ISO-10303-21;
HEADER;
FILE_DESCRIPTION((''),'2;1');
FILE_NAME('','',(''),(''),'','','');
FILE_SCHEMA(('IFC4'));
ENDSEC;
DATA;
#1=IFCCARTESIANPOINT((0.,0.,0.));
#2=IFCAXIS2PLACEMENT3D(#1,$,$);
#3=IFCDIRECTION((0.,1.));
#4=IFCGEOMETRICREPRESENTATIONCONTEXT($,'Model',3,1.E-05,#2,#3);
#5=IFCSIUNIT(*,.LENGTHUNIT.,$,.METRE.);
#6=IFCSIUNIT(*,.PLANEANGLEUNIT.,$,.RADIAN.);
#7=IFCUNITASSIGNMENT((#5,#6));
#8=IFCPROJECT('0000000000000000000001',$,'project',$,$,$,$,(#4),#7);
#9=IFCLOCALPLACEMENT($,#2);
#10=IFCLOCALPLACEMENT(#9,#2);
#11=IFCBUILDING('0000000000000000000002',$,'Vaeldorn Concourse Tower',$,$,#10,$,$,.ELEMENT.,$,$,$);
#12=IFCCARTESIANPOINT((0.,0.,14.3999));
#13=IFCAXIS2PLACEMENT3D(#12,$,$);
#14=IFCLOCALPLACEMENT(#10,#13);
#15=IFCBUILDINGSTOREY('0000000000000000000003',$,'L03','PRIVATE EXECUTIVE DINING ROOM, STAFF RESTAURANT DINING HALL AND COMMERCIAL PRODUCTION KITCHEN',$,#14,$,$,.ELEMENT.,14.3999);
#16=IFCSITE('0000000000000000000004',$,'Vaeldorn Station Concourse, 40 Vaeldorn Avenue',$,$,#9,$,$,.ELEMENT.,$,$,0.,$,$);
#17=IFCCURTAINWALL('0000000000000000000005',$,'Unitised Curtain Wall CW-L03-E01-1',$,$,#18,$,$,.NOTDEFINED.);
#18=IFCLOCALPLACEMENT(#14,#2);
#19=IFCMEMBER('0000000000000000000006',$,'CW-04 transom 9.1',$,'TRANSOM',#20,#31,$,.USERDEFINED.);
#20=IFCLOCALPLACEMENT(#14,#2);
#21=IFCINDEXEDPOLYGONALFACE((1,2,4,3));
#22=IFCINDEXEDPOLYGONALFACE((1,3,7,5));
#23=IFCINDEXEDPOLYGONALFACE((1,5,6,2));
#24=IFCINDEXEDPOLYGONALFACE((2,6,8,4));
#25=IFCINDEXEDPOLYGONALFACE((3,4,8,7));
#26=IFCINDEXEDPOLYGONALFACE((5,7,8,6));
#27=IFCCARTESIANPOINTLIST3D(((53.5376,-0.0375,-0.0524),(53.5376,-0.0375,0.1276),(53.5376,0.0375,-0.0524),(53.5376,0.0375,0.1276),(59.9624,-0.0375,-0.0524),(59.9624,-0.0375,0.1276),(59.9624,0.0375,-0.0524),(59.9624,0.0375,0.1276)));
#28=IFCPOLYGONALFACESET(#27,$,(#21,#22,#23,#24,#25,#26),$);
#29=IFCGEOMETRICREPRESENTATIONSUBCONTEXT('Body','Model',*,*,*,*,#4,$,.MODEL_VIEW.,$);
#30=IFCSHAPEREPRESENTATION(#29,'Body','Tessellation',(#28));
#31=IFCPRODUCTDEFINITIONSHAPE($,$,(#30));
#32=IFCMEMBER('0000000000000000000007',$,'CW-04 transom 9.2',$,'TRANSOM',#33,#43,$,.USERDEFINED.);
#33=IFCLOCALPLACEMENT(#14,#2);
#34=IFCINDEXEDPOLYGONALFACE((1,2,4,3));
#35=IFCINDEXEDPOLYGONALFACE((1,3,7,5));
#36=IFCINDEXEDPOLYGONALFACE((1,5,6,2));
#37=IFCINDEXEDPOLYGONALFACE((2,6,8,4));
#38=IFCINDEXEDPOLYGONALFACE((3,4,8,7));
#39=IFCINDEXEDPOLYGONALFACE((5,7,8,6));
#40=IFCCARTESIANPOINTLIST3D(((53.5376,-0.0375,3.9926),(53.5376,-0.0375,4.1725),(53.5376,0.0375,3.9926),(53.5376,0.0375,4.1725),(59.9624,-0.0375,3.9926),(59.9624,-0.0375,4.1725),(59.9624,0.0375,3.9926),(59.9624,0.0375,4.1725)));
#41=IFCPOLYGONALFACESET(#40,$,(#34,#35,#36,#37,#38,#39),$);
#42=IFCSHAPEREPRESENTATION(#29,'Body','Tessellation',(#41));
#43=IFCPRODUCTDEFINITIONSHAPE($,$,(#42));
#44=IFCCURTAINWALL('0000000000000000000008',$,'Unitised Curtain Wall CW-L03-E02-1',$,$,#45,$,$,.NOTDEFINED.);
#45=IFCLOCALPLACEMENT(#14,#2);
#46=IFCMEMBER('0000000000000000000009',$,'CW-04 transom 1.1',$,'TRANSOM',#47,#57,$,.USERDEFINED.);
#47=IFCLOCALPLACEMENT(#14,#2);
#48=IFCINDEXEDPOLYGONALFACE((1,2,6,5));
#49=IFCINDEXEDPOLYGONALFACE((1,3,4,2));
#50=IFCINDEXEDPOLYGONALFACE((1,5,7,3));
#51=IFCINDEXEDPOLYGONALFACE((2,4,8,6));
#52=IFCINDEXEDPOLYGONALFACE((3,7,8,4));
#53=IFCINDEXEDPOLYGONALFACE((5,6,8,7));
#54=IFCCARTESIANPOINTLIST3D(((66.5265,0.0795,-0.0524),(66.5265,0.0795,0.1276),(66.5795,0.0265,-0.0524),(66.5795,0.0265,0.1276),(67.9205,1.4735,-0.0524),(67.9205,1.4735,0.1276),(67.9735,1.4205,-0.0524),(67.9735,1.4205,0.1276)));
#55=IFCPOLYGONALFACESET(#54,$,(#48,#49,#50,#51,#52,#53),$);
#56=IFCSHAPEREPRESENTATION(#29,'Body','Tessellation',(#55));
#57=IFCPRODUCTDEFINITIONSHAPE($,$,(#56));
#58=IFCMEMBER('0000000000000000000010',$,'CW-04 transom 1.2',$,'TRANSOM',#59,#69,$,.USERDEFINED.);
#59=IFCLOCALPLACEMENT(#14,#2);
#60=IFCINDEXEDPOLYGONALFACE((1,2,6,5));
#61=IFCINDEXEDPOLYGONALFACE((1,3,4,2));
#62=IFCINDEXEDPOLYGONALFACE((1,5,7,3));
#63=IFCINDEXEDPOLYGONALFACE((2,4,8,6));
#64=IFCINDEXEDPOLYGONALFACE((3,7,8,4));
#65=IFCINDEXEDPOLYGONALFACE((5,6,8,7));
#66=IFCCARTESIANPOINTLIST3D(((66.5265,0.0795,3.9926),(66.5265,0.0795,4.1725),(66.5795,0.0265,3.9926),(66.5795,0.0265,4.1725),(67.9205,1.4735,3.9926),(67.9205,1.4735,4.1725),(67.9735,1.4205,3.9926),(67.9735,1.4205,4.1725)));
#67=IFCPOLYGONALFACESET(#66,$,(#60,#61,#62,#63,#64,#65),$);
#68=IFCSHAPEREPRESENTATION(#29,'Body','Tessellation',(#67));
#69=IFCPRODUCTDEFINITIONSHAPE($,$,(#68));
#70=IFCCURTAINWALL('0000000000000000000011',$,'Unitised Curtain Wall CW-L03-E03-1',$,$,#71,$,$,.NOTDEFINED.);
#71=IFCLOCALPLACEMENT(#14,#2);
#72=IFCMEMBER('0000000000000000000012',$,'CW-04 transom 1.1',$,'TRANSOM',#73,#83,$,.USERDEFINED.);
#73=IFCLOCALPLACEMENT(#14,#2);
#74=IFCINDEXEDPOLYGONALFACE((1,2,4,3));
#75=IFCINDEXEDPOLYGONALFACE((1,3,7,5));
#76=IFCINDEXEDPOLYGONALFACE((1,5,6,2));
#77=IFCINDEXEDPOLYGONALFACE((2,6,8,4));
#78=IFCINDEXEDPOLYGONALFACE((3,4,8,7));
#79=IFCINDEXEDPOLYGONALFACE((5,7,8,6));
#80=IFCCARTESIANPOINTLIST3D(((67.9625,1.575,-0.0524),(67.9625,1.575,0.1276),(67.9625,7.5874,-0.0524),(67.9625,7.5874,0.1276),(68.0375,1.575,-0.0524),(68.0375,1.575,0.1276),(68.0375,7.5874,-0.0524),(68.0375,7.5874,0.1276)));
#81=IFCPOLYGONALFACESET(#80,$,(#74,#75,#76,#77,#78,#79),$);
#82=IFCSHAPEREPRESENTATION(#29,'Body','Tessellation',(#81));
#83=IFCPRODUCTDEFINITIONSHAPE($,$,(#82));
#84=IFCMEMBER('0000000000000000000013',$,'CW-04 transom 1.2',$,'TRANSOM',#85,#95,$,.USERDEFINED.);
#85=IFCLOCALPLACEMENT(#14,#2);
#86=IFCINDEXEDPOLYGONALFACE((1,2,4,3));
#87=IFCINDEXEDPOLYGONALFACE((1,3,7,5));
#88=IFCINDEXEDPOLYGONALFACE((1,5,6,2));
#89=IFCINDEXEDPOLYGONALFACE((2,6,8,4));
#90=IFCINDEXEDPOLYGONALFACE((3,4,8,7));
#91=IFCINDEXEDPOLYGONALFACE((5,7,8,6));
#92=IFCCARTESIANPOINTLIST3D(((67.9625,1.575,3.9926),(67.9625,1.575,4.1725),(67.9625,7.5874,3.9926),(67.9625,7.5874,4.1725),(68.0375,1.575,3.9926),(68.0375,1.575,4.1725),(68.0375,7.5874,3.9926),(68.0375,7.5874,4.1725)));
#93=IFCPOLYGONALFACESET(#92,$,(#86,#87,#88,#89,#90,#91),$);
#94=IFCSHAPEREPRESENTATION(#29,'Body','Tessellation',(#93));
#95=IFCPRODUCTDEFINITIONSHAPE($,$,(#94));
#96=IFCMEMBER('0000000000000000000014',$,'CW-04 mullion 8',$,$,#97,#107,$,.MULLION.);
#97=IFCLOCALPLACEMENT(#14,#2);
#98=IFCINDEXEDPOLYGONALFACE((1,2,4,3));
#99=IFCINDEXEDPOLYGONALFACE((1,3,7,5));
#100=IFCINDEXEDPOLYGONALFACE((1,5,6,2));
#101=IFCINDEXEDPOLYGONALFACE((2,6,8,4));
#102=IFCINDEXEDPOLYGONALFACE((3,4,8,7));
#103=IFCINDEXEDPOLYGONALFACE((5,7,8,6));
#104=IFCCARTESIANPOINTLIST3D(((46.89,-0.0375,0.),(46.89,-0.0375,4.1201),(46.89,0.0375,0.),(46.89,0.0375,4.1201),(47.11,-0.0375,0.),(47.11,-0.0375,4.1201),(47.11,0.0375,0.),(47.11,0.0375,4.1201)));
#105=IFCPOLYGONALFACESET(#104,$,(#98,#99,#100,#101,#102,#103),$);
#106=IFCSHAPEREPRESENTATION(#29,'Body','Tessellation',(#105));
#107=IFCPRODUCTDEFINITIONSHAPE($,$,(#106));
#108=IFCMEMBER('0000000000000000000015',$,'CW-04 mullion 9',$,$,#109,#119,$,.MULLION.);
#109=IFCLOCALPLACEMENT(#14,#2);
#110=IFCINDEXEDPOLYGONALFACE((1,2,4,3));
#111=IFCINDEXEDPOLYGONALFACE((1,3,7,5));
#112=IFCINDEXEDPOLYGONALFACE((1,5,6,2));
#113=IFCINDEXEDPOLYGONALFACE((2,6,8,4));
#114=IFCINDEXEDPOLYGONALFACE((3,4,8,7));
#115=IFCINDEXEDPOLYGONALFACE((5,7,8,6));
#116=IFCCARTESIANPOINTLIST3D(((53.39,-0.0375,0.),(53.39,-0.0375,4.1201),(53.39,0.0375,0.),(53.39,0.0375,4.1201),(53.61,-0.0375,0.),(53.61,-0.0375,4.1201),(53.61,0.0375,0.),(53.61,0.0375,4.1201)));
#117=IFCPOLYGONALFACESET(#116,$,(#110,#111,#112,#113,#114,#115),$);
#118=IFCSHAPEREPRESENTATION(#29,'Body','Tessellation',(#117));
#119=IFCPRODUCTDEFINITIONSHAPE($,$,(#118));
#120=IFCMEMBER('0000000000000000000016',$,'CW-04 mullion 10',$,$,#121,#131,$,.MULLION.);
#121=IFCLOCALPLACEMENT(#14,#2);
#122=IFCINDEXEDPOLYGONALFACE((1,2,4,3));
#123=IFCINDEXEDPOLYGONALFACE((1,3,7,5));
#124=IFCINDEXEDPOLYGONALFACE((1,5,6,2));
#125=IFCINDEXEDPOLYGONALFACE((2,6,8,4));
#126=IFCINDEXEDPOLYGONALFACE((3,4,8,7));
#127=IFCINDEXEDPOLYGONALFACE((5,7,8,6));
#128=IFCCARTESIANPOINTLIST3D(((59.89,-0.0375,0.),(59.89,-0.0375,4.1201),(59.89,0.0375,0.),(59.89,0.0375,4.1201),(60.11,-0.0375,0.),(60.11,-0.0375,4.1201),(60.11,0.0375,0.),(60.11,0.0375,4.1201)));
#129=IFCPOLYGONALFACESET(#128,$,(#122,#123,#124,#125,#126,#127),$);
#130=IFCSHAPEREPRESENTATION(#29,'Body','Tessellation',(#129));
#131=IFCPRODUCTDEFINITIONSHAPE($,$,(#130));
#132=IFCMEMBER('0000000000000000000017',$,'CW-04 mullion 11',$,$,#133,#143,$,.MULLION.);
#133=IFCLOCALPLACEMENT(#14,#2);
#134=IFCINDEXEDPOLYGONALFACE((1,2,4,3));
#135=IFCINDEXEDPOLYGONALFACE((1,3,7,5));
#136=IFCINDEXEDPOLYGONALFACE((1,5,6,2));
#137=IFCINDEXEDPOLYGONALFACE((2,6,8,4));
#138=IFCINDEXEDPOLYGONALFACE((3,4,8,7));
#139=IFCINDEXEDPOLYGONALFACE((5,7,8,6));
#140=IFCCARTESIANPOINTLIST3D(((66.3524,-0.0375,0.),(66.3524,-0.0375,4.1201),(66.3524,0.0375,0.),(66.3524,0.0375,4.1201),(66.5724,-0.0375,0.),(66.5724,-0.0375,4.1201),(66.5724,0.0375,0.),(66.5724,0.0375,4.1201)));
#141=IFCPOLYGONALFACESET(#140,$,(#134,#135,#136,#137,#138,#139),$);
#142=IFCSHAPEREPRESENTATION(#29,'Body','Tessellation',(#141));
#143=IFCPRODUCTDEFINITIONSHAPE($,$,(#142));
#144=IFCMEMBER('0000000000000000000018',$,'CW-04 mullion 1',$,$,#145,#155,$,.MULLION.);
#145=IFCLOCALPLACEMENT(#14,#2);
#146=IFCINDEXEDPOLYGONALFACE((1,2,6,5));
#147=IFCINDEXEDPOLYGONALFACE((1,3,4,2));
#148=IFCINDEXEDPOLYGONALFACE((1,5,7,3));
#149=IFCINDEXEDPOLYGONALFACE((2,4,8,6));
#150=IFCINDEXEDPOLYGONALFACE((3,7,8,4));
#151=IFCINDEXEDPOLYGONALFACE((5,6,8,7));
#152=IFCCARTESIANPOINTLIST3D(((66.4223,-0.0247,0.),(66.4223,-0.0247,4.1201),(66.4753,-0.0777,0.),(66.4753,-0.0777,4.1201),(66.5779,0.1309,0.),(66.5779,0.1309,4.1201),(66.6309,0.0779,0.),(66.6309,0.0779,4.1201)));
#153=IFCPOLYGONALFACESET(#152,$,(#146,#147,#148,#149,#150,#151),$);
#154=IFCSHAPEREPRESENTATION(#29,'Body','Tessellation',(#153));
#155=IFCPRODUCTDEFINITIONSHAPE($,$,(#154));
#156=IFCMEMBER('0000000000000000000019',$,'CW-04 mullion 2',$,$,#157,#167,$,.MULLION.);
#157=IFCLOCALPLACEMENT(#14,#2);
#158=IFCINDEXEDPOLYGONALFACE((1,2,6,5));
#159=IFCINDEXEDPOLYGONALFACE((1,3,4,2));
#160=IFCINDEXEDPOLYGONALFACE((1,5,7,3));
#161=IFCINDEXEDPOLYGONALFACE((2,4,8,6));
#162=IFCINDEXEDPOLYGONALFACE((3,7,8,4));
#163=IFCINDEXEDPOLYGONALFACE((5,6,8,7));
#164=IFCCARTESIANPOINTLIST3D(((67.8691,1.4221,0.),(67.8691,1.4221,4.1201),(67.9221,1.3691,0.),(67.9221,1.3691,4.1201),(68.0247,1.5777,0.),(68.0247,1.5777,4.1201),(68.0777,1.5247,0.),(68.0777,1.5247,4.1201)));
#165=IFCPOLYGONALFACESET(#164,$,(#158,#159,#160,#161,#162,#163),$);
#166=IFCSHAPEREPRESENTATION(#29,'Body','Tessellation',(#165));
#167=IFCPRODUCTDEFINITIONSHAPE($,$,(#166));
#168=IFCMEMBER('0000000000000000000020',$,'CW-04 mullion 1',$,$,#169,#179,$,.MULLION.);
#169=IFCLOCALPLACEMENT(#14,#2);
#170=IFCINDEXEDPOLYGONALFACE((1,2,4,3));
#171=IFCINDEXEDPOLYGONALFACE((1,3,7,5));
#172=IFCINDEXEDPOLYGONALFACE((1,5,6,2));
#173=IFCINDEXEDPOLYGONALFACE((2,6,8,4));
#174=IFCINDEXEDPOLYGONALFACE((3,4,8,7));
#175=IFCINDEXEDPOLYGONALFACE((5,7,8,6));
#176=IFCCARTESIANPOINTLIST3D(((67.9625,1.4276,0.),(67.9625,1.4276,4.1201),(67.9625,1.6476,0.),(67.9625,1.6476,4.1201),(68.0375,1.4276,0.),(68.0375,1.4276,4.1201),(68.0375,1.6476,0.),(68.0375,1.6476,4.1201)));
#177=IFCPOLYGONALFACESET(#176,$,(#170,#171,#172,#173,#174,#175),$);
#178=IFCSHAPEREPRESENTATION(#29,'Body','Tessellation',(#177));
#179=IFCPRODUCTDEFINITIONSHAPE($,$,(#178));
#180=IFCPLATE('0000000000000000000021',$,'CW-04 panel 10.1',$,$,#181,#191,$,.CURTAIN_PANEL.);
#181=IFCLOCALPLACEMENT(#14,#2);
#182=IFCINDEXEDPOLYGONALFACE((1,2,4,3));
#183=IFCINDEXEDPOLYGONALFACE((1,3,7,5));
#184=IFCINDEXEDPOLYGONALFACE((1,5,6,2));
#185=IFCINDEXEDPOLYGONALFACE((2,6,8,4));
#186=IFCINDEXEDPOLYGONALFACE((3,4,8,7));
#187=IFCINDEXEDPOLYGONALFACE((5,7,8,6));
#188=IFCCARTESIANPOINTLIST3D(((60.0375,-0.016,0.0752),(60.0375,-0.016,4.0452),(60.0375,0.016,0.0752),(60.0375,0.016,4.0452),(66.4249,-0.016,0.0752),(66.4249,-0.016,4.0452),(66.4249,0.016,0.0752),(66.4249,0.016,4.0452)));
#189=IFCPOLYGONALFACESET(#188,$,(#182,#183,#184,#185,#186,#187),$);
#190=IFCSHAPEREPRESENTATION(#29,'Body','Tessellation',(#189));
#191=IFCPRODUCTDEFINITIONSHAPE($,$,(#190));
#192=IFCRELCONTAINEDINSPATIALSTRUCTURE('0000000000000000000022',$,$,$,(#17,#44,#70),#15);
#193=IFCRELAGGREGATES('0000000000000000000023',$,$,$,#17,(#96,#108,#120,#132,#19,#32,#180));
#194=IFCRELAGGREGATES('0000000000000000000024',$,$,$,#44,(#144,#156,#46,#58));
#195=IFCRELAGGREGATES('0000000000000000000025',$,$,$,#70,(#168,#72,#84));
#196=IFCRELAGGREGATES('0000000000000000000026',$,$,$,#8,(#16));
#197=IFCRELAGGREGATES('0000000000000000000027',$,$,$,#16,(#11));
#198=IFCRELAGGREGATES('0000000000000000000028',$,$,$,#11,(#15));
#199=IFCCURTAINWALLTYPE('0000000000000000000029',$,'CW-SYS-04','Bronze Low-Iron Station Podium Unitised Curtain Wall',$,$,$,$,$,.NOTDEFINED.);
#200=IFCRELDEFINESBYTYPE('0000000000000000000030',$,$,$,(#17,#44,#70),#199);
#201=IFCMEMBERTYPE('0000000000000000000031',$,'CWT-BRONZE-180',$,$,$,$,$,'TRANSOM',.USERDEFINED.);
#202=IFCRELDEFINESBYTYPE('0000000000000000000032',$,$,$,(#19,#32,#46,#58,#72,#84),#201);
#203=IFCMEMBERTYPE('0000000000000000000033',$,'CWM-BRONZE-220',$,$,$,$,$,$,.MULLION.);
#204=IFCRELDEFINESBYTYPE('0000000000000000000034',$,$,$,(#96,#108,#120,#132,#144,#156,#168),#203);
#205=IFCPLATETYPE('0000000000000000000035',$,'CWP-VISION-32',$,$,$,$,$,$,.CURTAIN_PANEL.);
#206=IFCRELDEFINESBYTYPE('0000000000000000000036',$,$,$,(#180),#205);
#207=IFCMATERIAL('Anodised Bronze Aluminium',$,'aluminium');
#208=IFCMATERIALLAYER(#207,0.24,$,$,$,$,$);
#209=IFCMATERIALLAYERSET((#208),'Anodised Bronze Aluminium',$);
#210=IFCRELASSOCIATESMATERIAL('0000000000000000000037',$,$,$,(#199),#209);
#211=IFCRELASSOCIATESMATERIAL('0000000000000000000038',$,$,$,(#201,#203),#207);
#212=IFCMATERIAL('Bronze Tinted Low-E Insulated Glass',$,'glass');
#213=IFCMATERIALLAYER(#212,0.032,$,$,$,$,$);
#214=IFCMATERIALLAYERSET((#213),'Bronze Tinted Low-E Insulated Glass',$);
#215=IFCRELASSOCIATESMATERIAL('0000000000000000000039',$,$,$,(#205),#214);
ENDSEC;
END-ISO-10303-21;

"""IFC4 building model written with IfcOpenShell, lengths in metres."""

from ifc_helpers import new_model, si_unit, direction, frame, origin, origin_2d, place, context, subcontext, project, spatial, rectangle, extrude, source, transform, mapped, material, layer, layer_set, material_profile, profile_set, type_object, element, aggregate, save


model = new_model("IFC4")

# Units and contexts
model_context = context("Model", 3, precision=1e-05, world=origin(), true_north=direction((0.0, 1.0)))
body_context = subcontext(model_context, "Body", "Model", "MODEL_VIEW")
ifc_project = project(units=[si_unit("LENGTHUNIT", "METRE"), si_unit("PLANEANGLEUNIT", "RADIAN")], contexts=[model_context])

# Site, building, storey
site_placement = place(None, origin())
site = spatial("IfcSite", under=ifc_project, at=site_placement, Name="Vaeldorn Station Concourse, 40 Vaeldorn Avenue", CompositionType="ELEMENT", RefElevation=0.0)
building_placement = place(site_placement, origin())
building = spatial("IfcBuilding", under=site, at=building_placement, Name="Vaeldorn Concourse Tower", CompositionType="ELEMENT")
storey_placement = place(building_placement, frame((0.0, 0.0, 14.3999)))
storey = spatial("IfcBuildingStorey", under=building, at=storey_placement, Name="L03", Description="PRIVATE EXECUTIVE DINING ROOM, STAFF RESTAURANT DINING HALL AND COMMERCIAL PRODUCTION KITCHEN", CompositionType="ELEMENT", Elevation=14.3999)

# Curtain walls, members
ifc_material_1 = material(Name="Anodised Bronze Aluminium", Category="aluminium")
ifc_layer_1 = layer(ifc_material_1, 0.24)
ifc_layer_set_1 = layer_set([ifc_layer_1], Name="Anodised Bronze Aluminium")
curtain_wall_type = type_object("IfcCurtainWallType", Name="CW-SYS-04", Description="Bronze Low-Iron Station Podium Unitised Curtain Wall", PredefinedType="NOTDEFINED", material=ifc_layer_set_1)
curtain_wall_1_placement = place(storey_placement, origin())
curtain_wall_1 = element("IfcCurtainWall", 1, at=curtain_wall_1_placement, inside=storey, type_object=curtain_wall_type, Name="Unitised Curtain Wall CW-L03-E01-1", PredefinedType="NOTDEFINED")
ifc_material_profile_1 = material_profile(ifc_material_1, rectangle(XDim=0.075, YDim=0.1799, at=origin_2d()), Name="CWT 75x180")
ifc_profile_set_1 = profile_set([ifc_material_profile_1], Name="Anodised Bronze Aluminium")
member_type_1 = type_object("IfcMemberType", Name="CWT-BRONZE-180", ElementType="TRANSOM", PredefinedType="USERDEFINED", material=ifc_profile_set_1)
shared_shape_1 = source(origin(), body_context, "Body", "SweptSolid", [
    extrude(rectangle(XDim=0.075, YDim=0.1799, at=origin_2d()), origin(), (0.0, 0.0, 1.0), 6.4248),
])
member_1_placement = place(storey_placement, frame((53.5376, 0.0, 0.0376), z_axis=(1.0, 0.0, 0.0), x_axis=(0.0, 1.0, 0.0)))
member_1 = element("IfcMember", 2, at=member_1_placement, type_object=member_type_1, Name="CW-04 transom 9.1", ObjectType="TRANSOM", PredefinedType="USERDEFINED", context=body_context, shape_type="MappedRepresentation", body=[
    mapped(shared_shape_1, transform((0.0, 0.0, 0.0), scale=1.0)),
])
member_2_placement = place(storey_placement, frame((53.5376, 0.0, 4.0825), z_axis=(1.0, 0.0, 0.0), x_axis=(0.0, 1.0, 0.0)))
member_2 = element("IfcMember", 3, at=member_2_placement, type_object=member_type_1, Name="CW-04 transom 9.2", ObjectType="TRANSOM", PredefinedType="USERDEFINED", context=body_context, shape_type="MappedRepresentation", body=[
    mapped(shared_shape_1, transform((0.0, 0.0, 0.0), scale=1.0)),
])
curtain_wall_2_placement = place(storey_placement, origin())
curtain_wall_2 = element("IfcCurtainWall", 4, at=curtain_wall_2_placement, inside=storey, type_object=curtain_wall_type, Name="Unitised Curtain Wall CW-L03-E02-1", PredefinedType="NOTDEFINED")
shared_shape_2 = source(origin(), body_context, "Body", "SweptSolid", [
    extrude(rectangle(XDim=0.075, YDim=0.1799, at=origin_2d()), origin(), (0.0, 0.0, 1.0), 1.9714),
])
member_3_placement = place(storey_placement, frame((66.553, 0.053, 0.0376), z_axis=(0.707107, 0.707107, 0.0), x_axis=(-0.707107, 0.707107, 0.0)))
member_3 = element("IfcMember", 5, at=member_3_placement, type_object=member_type_1, Name="CW-04 transom 1.1", ObjectType="TRANSOM", PredefinedType="USERDEFINED", context=body_context, shape_type="MappedRepresentation", body=[
    mapped(shared_shape_2, transform((0.0, 0.0, 0.0), scale=1.0)),
])
member_4_placement = place(storey_placement, frame((66.553, 0.053, 4.0825), z_axis=(0.707107, 0.707107, 0.0), x_axis=(-0.707107, 0.707107, 0.0)))
member_4 = element("IfcMember", 6, at=member_4_placement, type_object=member_type_1, Name="CW-04 transom 1.2", ObjectType="TRANSOM", PredefinedType="USERDEFINED", context=body_context, shape_type="MappedRepresentation", body=[
    mapped(shared_shape_2, transform((0.0, 0.0, 0.0), scale=1.0)),
])
curtain_wall_3_placement = place(storey_placement, origin())
curtain_wall_3 = element("IfcCurtainWall", 7, at=curtain_wall_3_placement, inside=storey, type_object=curtain_wall_type, Name="Unitised Curtain Wall CW-L03-E03-1", PredefinedType="NOTDEFINED")
shared_shape_3 = source(origin(), body_context, "Body", "SweptSolid", [
    extrude(rectangle(XDim=0.075, YDim=0.1799, at=origin_2d()), origin(), (0.0, 0.0, 1.0), 6.0125),
])
member_5_placement = place(storey_placement, frame((68.0, 1.575, 0.0376), z_axis=(0.0, 1.0, 0.0), x_axis=(-1.0, 0.0, 0.0)))
member_5 = element("IfcMember", 8, at=member_5_placement, type_object=member_type_1, Name="CW-04 transom 1.1", ObjectType="TRANSOM", PredefinedType="USERDEFINED", context=body_context, shape_type="MappedRepresentation", body=[
    mapped(shared_shape_3, transform((0.0, 0.0, 0.0), scale=1.0)),
])
member_6_placement = place(storey_placement, frame((68.0, 1.575, 4.0825), z_axis=(0.0, 1.0, 0.0), x_axis=(-1.0, 0.0, 0.0)))
member_6 = element("IfcMember", 9, at=member_6_placement, type_object=member_type_1, Name="CW-04 transom 1.2", ObjectType="TRANSOM", PredefinedType="USERDEFINED", context=body_context, shape_type="MappedRepresentation", body=[
    mapped(shared_shape_3, transform((0.0, 0.0, 0.0), scale=1.0)),
])

# Members
ifc_material_profile_2 = material_profile(ifc_material_1, rectangle(XDim=0.075, YDim=0.22, at=origin_2d()), Name="CWM 75x220")
ifc_profile_set_2 = profile_set([ifc_material_profile_2], Name="Anodised Bronze Aluminium")
member_type_2 = type_object("IfcMemberType", Name="CWM-BRONZE-220", PredefinedType="MULLION", material=ifc_profile_set_2)
shared_shape_4 = source(origin(), body_context, "Body", "SweptSolid", [
    extrude(rectangle(XDim=0.075, YDim=0.22, at=origin_2d()), origin(), (0.0, 0.0, 1.0), 4.1201),
])
member_7_placement = place(storey_placement, frame((47.0, 0.0, 0.0), z_axis=(0.0, 0.0, 1.0), x_axis=(0.0, 1.0, 0.0)))
member_7 = element("IfcMember", 10, at=member_7_placement, type_object=member_type_2, Name="CW-04 mullion 8", PredefinedType="MULLION", context=body_context, shape_type="MappedRepresentation", body=[
    mapped(shared_shape_4, transform((0.0, 0.0, 0.0), scale=1.0)),
])
member_8_placement = place(storey_placement, frame((53.5, 0.0, 0.0), z_axis=(0.0, 0.0, 1.0), x_axis=(0.0, 1.0, 0.0)))
member_8 = element("IfcMember", 11, at=member_8_placement, type_object=member_type_2, Name="CW-04 mullion 9", PredefinedType="MULLION", context=body_context, shape_type="MappedRepresentation", body=[
    mapped(shared_shape_4, transform((0.0, 0.0, 0.0), scale=1.0)),
])
member_9_placement = place(storey_placement, frame((60.0, 0.0, 0.0), z_axis=(0.0, 0.0, 1.0), x_axis=(0.0, 1.0, 0.0)))
member_9 = element("IfcMember", 12, at=member_9_placement, type_object=member_type_2, Name="CW-04 mullion 10", PredefinedType="MULLION", context=body_context, shape_type="MappedRepresentation", body=[
    mapped(shared_shape_4, transform((0.0, 0.0, 0.0), scale=1.0)),
])
member_10_placement = place(storey_placement, frame((66.4624, 0.0, 0.0), z_axis=(0.0, 0.0, 1.0), x_axis=(0.0, 1.0, 0.0)))
member_10 = element("IfcMember", 13, at=member_10_placement, type_object=member_type_2, Name="CW-04 mullion 11", PredefinedType="MULLION", context=body_context, shape_type="MappedRepresentation", body=[
    mapped(shared_shape_4, transform((0.0, 0.0, 0.0), scale=1.0)),
])
member_11_placement = place(storey_placement, frame((66.5266, 0.0266, 0.0), z_axis=(0.0, 0.0, 1.0), x_axis=(-0.707107, 0.707107, 0.0)))
member_11 = element("IfcMember", 14, at=member_11_placement, type_object=member_type_2, Name="CW-04 mullion 1", PredefinedType="MULLION", context=body_context, shape_type="MappedRepresentation", body=[
    mapped(shared_shape_4, transform((0.0, 0.0, 0.0), scale=1.0)),
])
member_12_placement = place(storey_placement, frame((67.9734, 1.4734, 0.0), z_axis=(0.0, 0.0, 1.0), x_axis=(-0.707107, 0.707107, 0.0)))
member_12 = element("IfcMember", 15, at=member_12_placement, type_object=member_type_2, Name="CW-04 mullion 2", PredefinedType="MULLION", context=body_context, shape_type="MappedRepresentation", body=[
    mapped(shared_shape_4, transform((0.0, 0.0, 0.0), scale=1.0)),
])
member_13_placement = place(storey_placement, frame((68.0, 1.5376, 0.0), z_axis=(0.0, 0.0, 1.0), x_axis=(-1.0, 0.0, 0.0)))
member_13 = element("IfcMember", 16, at=member_13_placement, type_object=member_type_2, Name="CW-04 mullion 1", PredefinedType="MULLION", context=body_context, shape_type="MappedRepresentation", body=[
    mapped(shared_shape_4, transform((0.0, 0.0, 0.0), scale=1.0)),
])

# Plate
ifc_material_2 = material(Name="Bronze Tinted Low-E Insulated Glass", Category="glass")
ifc_layer_2 = layer(ifc_material_2, 0.032)
ifc_layer_set_2 = layer_set([ifc_layer_2], Name="Bronze Tinted Low-E Insulated Glass")
plate_type = type_object("IfcPlateType", Name="CWP-VISION-32", PredefinedType="CURTAIN_PANEL", material=ifc_layer_set_2)
shared_shape_5 = source(origin(), body_context, "Body", "SweptSolid", [
    extrude(rectangle(XDim=6.3875, YDim=0.032, at=origin_2d()), origin(), (0.0, 0.0, 1.0), 3.97),
])
plate_1_placement = place(storey_placement, frame((63.2312, 0.0, 0.0752), z_axis=(0.0, 0.0, 1.0), x_axis=(1.0, 0.0, 0.0)))
plate_1 = element("IfcPlate", 17, at=plate_1_placement, type_object=plate_type, Name="CW-04 panel 10.1", PredefinedType="CURTAIN_PANEL", context=body_context, shape_type="MappedRepresentation", body=[
    mapped(shared_shape_5, transform((0.0, 0.0, 0.0), scale=1.0)),
])
aggregate(curtain_wall_1, [member_7, member_8, member_9, member_10, member_1, member_2, plate_1])
aggregate(curtain_wall_2, [member_11, member_12, member_3, member_4])
aggregate(curtain_wall_3, [member_13, member_5, member_6])

save(model, "model.ifc")
